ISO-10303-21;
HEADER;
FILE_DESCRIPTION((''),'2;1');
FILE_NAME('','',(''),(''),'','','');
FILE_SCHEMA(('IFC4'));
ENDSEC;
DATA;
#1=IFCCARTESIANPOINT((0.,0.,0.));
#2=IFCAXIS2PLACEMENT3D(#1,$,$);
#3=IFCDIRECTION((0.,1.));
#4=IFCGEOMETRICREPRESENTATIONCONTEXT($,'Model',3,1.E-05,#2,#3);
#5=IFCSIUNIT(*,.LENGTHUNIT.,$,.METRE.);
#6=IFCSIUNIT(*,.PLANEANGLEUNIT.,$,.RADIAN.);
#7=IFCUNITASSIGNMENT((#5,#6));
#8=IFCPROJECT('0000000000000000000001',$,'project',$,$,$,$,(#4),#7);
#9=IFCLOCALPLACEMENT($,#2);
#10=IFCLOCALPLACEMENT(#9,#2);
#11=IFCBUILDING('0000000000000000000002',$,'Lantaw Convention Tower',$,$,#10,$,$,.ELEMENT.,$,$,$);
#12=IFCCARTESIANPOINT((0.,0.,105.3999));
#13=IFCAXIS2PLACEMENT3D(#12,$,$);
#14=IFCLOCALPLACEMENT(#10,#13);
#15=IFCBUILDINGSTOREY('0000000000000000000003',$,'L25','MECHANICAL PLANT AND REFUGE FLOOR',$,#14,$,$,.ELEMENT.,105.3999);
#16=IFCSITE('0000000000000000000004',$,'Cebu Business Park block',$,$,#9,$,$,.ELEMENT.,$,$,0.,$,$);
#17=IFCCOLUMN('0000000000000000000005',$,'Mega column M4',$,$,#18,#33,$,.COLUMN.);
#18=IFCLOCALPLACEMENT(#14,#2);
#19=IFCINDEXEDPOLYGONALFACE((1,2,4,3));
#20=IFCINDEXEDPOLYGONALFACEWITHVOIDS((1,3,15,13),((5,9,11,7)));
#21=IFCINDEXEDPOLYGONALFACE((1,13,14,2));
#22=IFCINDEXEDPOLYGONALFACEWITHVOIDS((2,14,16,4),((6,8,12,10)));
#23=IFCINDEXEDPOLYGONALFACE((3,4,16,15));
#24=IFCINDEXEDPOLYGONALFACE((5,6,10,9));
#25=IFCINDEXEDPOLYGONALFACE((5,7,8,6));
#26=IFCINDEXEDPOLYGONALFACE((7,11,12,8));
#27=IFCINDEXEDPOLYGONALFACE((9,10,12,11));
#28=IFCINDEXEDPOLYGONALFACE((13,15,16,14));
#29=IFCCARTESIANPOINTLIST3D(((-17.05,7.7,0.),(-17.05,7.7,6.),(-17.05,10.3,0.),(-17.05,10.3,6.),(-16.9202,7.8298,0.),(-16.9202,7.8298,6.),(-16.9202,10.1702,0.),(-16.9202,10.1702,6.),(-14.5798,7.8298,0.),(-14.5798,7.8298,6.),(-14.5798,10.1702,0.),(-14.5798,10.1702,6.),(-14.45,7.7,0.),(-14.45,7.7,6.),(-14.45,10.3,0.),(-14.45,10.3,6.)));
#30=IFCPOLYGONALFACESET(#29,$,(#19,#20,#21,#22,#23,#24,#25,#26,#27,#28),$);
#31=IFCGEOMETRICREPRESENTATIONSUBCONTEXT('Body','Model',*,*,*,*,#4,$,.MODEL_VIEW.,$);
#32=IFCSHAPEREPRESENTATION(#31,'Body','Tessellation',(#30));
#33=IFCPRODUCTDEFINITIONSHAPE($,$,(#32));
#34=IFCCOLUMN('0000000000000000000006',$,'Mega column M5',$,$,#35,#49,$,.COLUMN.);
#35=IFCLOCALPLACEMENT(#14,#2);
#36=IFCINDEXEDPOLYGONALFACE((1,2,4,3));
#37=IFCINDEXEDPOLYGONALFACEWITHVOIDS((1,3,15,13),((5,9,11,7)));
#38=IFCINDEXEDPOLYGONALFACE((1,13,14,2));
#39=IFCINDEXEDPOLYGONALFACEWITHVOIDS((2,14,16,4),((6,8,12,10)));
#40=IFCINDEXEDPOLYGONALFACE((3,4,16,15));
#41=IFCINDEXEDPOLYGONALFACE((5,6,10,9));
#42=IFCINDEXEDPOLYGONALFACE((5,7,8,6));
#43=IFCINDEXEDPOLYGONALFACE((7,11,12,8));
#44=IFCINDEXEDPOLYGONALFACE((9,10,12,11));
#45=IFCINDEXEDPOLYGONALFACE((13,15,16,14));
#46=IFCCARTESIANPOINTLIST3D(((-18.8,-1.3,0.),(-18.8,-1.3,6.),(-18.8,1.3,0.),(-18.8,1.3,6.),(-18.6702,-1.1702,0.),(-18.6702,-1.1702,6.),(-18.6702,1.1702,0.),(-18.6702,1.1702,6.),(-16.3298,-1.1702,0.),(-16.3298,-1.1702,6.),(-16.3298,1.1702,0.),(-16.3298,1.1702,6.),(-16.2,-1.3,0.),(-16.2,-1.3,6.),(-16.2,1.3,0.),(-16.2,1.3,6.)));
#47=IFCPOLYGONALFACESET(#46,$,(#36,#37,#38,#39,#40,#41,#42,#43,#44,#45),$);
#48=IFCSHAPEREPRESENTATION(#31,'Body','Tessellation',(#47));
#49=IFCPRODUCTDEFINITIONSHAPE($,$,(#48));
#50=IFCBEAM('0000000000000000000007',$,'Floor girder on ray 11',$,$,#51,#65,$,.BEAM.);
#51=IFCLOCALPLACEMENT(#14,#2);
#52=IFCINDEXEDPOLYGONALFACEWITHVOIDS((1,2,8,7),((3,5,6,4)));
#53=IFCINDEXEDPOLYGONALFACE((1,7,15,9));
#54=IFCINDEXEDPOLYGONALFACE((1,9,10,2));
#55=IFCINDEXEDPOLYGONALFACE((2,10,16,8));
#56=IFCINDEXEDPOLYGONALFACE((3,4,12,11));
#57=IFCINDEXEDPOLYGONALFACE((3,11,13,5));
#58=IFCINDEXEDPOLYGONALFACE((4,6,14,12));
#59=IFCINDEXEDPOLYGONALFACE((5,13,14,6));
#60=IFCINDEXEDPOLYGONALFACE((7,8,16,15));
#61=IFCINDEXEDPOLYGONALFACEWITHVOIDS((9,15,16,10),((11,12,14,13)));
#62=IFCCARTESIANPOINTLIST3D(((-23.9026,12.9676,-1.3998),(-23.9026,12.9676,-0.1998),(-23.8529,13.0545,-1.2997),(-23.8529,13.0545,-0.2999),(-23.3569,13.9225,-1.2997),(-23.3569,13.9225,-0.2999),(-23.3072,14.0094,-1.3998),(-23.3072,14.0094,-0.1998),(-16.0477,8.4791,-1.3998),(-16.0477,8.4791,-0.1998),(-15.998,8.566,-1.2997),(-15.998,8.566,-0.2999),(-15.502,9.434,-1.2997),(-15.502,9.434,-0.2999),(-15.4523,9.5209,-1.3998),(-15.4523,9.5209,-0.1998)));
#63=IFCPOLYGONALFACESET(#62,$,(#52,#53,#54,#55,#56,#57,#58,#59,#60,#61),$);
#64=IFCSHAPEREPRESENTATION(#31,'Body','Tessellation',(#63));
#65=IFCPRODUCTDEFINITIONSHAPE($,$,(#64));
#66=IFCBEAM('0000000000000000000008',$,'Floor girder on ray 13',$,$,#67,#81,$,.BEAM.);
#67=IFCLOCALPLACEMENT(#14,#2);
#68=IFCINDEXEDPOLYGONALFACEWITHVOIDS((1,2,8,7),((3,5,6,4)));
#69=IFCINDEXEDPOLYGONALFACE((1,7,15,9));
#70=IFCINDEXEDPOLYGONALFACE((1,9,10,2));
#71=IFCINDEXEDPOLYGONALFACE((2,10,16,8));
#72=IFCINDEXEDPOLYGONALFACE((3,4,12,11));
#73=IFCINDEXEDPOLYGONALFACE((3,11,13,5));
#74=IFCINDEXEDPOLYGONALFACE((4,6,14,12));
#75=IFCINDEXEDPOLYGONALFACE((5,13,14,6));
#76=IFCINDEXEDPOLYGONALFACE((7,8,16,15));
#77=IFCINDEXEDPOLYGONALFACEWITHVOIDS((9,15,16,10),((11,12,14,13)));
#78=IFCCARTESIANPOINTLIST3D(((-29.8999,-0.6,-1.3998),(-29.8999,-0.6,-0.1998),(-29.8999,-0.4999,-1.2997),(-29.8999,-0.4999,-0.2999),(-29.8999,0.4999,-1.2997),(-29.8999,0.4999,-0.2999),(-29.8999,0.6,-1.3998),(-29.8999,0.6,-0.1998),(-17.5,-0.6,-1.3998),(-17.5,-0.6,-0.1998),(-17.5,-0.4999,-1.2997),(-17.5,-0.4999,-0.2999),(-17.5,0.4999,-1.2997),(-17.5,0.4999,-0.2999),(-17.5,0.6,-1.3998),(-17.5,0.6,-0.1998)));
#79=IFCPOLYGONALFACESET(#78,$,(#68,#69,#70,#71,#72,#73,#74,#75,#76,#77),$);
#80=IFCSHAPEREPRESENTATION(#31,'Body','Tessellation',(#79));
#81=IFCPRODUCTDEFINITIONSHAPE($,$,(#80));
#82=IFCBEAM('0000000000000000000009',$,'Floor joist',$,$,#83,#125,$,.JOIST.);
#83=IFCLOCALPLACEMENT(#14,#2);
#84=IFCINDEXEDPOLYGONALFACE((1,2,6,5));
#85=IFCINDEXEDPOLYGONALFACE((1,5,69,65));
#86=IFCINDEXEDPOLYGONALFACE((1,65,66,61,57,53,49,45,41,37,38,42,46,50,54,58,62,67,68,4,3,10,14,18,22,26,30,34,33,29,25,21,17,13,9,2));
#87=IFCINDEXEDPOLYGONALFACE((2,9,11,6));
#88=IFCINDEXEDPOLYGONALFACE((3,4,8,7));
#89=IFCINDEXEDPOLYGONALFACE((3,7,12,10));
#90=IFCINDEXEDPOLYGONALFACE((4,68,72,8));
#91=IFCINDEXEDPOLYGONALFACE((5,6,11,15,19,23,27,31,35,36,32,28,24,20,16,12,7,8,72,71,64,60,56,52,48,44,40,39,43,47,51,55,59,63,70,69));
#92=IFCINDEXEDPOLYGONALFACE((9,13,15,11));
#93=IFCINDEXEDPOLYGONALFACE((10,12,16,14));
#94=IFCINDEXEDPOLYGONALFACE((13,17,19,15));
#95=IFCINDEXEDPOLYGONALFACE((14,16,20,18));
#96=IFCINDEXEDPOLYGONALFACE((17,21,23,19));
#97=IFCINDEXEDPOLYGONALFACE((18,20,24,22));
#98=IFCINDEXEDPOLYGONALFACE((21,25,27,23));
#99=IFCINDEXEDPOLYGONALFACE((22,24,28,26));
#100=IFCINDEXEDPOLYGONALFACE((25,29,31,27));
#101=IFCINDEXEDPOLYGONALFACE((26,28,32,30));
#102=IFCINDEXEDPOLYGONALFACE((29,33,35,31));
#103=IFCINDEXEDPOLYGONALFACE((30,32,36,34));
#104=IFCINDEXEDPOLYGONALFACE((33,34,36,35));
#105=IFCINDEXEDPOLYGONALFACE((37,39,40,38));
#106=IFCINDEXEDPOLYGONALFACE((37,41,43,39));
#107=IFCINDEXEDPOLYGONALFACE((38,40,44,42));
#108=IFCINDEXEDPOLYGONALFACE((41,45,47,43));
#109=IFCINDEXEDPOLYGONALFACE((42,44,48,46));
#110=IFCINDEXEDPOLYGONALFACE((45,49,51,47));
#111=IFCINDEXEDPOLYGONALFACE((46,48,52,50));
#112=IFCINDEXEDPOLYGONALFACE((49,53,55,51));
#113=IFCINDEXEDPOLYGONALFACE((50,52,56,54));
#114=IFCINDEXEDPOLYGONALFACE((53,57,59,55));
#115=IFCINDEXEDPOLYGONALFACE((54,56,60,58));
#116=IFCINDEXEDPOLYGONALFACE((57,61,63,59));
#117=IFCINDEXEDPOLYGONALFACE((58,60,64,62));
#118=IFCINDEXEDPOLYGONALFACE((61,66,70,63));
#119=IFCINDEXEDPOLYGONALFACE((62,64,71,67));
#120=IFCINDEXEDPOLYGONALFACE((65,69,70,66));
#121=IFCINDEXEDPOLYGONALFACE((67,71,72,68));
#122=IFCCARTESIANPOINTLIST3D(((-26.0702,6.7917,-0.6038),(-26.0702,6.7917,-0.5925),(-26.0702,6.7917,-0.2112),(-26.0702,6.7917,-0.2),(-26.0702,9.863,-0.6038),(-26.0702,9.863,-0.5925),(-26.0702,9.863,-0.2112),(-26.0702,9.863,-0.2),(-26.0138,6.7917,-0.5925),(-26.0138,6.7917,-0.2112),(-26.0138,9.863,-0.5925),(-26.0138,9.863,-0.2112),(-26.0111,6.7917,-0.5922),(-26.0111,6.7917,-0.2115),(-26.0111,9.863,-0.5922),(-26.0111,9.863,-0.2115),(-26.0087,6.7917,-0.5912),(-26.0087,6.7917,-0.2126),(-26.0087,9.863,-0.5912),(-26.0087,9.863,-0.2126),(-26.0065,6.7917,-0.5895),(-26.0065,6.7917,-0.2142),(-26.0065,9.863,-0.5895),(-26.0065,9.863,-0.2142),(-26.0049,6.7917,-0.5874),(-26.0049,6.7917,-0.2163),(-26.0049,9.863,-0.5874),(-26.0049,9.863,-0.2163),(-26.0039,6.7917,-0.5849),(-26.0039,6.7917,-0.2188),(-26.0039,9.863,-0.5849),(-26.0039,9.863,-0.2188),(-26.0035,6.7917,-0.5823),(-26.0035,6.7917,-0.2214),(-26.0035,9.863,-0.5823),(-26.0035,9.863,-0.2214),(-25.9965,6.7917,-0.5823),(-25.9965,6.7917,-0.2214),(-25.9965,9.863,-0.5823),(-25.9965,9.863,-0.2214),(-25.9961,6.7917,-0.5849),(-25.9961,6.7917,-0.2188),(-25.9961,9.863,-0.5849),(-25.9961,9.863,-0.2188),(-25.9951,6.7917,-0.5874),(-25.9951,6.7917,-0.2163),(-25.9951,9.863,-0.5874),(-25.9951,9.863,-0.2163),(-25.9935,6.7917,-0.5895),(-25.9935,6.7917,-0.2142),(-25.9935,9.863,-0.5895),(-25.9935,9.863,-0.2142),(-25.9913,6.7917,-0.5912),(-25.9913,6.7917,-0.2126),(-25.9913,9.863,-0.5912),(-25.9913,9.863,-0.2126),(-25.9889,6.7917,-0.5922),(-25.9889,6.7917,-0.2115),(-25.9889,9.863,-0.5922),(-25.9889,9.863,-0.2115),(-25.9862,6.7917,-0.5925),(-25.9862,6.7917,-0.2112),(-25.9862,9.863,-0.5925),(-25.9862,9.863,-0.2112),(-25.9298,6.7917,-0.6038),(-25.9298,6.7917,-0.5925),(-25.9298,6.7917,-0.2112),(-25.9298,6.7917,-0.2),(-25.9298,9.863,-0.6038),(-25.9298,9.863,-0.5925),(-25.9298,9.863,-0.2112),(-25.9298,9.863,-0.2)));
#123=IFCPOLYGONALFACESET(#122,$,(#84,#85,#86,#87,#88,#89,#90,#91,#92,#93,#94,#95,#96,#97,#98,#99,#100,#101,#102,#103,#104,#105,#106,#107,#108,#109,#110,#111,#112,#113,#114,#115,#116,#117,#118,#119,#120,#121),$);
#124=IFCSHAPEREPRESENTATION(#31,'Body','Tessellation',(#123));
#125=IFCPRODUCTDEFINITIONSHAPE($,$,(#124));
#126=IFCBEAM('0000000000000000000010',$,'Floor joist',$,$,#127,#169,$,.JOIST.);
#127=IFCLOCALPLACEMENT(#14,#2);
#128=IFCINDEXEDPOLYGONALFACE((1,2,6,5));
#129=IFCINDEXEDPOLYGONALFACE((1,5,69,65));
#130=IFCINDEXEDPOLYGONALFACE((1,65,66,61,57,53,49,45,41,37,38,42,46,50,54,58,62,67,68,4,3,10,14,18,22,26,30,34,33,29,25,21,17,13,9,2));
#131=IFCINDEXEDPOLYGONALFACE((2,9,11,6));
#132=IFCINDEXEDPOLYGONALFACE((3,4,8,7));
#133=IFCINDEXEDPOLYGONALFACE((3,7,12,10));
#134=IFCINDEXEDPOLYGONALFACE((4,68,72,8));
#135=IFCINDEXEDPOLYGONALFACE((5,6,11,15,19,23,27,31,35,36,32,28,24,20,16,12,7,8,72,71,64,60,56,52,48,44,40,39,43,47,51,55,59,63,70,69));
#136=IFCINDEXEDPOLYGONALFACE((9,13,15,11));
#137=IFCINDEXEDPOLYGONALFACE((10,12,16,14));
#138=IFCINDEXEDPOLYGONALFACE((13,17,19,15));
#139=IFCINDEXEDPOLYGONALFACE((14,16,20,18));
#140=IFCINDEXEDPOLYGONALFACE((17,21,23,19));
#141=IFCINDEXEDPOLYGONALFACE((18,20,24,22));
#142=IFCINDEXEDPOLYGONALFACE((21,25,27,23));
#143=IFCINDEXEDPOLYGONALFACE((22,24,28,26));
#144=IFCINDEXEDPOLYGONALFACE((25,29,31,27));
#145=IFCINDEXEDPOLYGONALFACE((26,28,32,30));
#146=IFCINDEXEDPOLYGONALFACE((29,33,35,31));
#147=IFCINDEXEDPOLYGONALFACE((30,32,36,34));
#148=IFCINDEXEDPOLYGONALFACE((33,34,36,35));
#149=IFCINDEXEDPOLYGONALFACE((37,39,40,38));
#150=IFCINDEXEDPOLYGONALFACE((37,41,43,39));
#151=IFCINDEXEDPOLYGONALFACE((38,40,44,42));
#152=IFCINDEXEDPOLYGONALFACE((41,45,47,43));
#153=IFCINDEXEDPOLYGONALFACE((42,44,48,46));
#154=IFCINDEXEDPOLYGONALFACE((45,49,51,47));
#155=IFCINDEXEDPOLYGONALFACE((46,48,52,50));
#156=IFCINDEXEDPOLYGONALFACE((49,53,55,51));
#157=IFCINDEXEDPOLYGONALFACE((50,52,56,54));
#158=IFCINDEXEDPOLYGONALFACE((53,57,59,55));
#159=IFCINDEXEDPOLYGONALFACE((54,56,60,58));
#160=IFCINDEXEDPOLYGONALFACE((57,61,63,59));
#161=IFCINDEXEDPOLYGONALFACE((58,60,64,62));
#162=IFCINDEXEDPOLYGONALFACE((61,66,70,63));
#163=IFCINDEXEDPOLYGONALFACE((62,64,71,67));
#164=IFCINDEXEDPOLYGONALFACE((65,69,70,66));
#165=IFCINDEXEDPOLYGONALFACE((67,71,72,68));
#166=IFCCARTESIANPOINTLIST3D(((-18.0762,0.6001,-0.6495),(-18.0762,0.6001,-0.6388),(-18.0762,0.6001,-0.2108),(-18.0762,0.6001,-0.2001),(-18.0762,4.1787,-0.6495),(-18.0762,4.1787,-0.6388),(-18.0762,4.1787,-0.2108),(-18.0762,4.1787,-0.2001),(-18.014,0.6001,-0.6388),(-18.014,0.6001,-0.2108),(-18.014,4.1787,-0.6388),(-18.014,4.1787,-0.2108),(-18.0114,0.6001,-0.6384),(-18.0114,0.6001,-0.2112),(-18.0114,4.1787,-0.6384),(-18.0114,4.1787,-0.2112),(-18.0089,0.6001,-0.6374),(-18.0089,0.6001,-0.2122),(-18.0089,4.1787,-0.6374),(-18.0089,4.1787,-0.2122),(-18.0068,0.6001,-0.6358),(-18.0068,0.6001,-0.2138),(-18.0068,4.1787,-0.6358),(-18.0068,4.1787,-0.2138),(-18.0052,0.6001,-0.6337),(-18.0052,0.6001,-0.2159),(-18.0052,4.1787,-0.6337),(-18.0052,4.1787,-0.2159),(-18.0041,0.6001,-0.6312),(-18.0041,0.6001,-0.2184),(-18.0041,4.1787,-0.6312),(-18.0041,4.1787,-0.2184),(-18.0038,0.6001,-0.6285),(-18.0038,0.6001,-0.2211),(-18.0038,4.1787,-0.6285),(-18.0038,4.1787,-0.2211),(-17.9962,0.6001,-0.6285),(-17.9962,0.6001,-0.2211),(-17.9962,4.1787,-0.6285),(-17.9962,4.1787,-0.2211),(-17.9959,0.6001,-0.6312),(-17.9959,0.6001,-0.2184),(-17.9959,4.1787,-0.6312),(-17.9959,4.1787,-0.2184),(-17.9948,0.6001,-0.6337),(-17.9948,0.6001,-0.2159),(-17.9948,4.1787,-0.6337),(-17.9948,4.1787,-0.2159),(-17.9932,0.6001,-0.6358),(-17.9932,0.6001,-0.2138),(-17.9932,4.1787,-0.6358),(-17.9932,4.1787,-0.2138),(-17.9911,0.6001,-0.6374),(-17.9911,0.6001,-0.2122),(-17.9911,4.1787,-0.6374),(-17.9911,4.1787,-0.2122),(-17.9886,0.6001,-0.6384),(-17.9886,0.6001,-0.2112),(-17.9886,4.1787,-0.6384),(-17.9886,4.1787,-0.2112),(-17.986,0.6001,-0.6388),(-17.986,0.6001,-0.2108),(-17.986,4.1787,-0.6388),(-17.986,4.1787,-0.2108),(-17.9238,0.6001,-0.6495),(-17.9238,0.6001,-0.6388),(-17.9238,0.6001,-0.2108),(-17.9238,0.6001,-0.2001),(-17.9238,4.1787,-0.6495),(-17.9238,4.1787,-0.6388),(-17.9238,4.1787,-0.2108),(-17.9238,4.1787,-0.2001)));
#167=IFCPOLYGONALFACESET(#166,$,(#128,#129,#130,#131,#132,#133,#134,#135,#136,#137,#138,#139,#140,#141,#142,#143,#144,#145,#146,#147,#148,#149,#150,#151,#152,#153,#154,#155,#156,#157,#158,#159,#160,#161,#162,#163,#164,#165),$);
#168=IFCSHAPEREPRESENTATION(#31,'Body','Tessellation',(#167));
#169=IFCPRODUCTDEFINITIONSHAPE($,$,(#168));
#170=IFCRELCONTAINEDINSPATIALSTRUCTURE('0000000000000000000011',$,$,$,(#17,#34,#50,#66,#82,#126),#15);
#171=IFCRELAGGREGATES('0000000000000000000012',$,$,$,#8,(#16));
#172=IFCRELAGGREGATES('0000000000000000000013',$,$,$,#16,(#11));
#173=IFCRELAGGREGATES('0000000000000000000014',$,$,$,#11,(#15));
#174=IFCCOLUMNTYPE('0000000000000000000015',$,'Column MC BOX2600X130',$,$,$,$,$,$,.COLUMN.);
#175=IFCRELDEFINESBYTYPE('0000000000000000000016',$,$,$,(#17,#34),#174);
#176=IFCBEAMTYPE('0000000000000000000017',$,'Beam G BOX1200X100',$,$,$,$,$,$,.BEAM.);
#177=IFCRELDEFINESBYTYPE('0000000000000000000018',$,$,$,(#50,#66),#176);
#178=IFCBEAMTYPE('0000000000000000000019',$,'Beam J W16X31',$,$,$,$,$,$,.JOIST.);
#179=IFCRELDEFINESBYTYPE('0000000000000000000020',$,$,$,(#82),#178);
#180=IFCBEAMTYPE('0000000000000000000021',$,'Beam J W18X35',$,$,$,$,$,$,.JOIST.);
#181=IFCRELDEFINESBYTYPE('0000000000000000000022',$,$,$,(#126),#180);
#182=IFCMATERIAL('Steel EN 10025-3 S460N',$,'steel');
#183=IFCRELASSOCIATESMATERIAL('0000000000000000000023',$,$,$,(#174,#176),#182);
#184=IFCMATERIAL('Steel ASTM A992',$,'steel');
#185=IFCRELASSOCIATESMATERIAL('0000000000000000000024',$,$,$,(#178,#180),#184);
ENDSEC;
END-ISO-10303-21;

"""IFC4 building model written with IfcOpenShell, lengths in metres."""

from ifc_helpers import new_model, si_unit, direction, frame, origin, origin_2d, place, context, subcontext, project, spatial, rectangle, hollow_rectangle, i_section, extrude, material, material_profile, profile_set, type_object, element, save


model = new_model("IFC4")

# Units and contexts
model_context = context("Model", 3, precision=1e-05, world=origin(), true_north=direction((0.0, 1.0)))
body_context = subcontext(model_context, "Body", "Model", "MODEL_VIEW")
ifc_project = project(units=[si_unit("LENGTHUNIT", "METRE"), si_unit("PLANEANGLEUNIT", "RADIAN")], contexts=[model_context])

# Site, building, storey
site_placement = place(None, origin())
site = spatial("IfcSite", under=ifc_project, at=site_placement, Name="Cebu Business Park block", CompositionType="ELEMENT", RefElevation=0.0)
building_placement = place(site_placement, origin())
building = spatial("IfcBuilding", under=site, at=building_placement, Name="Lantaw Convention Tower", CompositionType="ELEMENT")
storey_placement = place(building_placement, frame((0.0, 0.0, 105.3999)))
storey = spatial("IfcBuildingStorey", under=building, at=storey_placement, Name="L25", Description="MECHANICAL PLANT AND REFUGE FLOOR", CompositionType="ELEMENT", Elevation=105.3999)

# Columns
ifc_material_1 = material(Name="Steel EN 10025-3 S460N", Category="steel")
ifc_material_profile_1 = material_profile(ifc_material_1, hollow_rectangle(XDim=2.6001, YDim=2.6001, WallThickness=0.1299, at=origin_2d()), Name="BOX2600X130")
ifc_material_2 = material(Name="Concrete C60/75", Category="concrete")
ifc_material_profile_2 = material_profile(ifc_material_2, rectangle(XDim=2.3401, YDim=2.3401, at=origin_2d()), Name="Concrete fill of BOX2600X130")
ifc_profile_set_1 = profile_set([ifc_material_profile_1, ifc_material_profile_2], Name="Steel EN 10025-3 S460N")
column_type = type_object("IfcColumnType", Name="Column MC BOX2600X130", PredefinedType="COLUMN", material=ifc_profile_set_1)
for number, where, z_axis, x_axis, name in (
    (1, (-15.75, 9.0, 0.0), (0.0, 0.0, 1.0), (1.0, 0.0, 0.0), "Mega column M4"),
    (2, (-17.5, 0.0, 0.0), (0.0, 0.0, 1.0), (1.0, 0.0, 0.0), "Mega column M5"),
):
    element("IfcColumn", number, at=place(storey_placement, frame(where, z_axis=z_axis, x_axis=x_axis)), inside=storey, type_object=column_type, Name=name, PredefinedType="COLUMN", context=body_context, shape_type="SweptSolid", body=[
        extrude(hollow_rectangle(XDim=2.6001, YDim=2.6001, WallThickness=0.1299, at=origin_2d()), origin(), (0.0, 0.0, 1.0), 6.0),
    ])

# Beams
ifc_material_profile_3 = material_profile(ifc_material_1, hollow_rectangle(XDim=1.2, YDim=1.2, WallThickness=0.1001, at=origin_2d()), Name="BOX1200X100")
ifc_profile_set_2 = profile_set([ifc_material_profile_3], Name="Steel EN 10025-3 S460N")
beam_type_1 = type_object("IfcBeamType", Name="Beam G BOX1200X100", PredefinedType="BEAM", material=ifc_profile_set_2)
beam_1_placement = place(storey_placement, frame((-15.75, 9.0, -0.7998), z_axis=(-0.868245, 0.496136, 0.0), x_axis=(-0.496136, -0.868245, 0.0)))
element("IfcBeam", 3, at=beam_1_placement, inside=storey, type_object=beam_type_1, Name="Floor girder on ray 11", PredefinedType="BEAM", context=body_context, shape_type="SweptSolid", body=[
    extrude(hollow_rectangle(XDim=1.2, YDim=1.2, WallThickness=0.1001, at=origin_2d()), origin(), (0.0, 0.0, 1.0), 9.0469),
])
beam_2_placement = place(storey_placement, frame((-17.5, 0.0, -0.7998), z_axis=(-1.0, 0.0, 0.0), x_axis=(0.0, -1.0, 0.0)))
element("IfcBeam", 4, at=beam_2_placement, inside=storey, type_object=beam_type_1, Name="Floor girder on ray 13", PredefinedType="BEAM", context=body_context, shape_type="SweptSolid", body=[
    extrude(hollow_rectangle(XDim=1.2, YDim=1.2, WallThickness=0.1001, at=origin_2d()), origin(), (0.0, 0.0, 1.0), 12.3999),
])
ifc_material_3 = material(Name="Steel ASTM A992", Category="steel")
ifc_material_profile_4 = material_profile(ifc_material_3, i_section(OverallWidth=0.1404, OverallDepth=0.4038, WebThickness=0.0071, FlangeThickness=0.0112, FilletRadius=0.0103, at=origin_2d()), Name="W16X31")
ifc_profile_set_3 = profile_set([ifc_material_profile_4], Name="Steel ASTM A992")
beam_type_2 = type_object("IfcBeamType", Name="Beam J W16X31", PredefinedType="JOIST", material=ifc_profile_set_3)
beam_3_placement = place(storey_placement, frame((-26.0, 6.7917, -0.4019), z_axis=(0.0, 1.0, 0.0), x_axis=(-1.0, 0.0, 0.0)))
element("IfcBeam", 5, at=beam_3_placement, inside=storey, type_object=beam_type_2, Name="Floor joist", PredefinedType="JOIST", context=body_context, shape_type="SweptSolid", body=[
    extrude(i_section(OverallWidth=0.1404, OverallDepth=0.4038, WebThickness=0.0071, FlangeThickness=0.0112, FilletRadius=0.0103, at=origin_2d()), origin(), (0.0, 0.0, 1.0), 3.0713),
])
ifc_material_profile_5 = material_profile(ifc_material_3, i_section(OverallWidth=0.1523, OverallDepth=0.4495, WebThickness=0.0076, FlangeThickness=0.0107, FilletRadius=0.0103, at=origin_2d()), Name="W18X35")
ifc_profile_set_4 = profile_set([ifc_material_profile_5], Name="Steel ASTM A992")
beam_type_3 = type_object("IfcBeamType", Name="Beam J W18X35", PredefinedType="JOIST", material=ifc_profile_set_4)
beam_4_placement = place(storey_placement, frame((-18.0, 0.6001, -0.4248), z_axis=(0.0, 1.0, 0.0), x_axis=(-1.0, 0.0, 0.0)))
element("IfcBeam", 6, at=beam_4_placement, inside=storey, type_object=beam_type_3, Name="Floor joist", PredefinedType="JOIST", context=body_context, shape_type="SweptSolid", body=[
    extrude(i_section(OverallWidth=0.1523, OverallDepth=0.4495, WebThickness=0.0076, FlangeThickness=0.0107, FilletRadius=0.0103, at=origin_2d()), origin(), (0.0, 0.0, 1.0), 3.5786),
])

save(model, "model.ifc")
